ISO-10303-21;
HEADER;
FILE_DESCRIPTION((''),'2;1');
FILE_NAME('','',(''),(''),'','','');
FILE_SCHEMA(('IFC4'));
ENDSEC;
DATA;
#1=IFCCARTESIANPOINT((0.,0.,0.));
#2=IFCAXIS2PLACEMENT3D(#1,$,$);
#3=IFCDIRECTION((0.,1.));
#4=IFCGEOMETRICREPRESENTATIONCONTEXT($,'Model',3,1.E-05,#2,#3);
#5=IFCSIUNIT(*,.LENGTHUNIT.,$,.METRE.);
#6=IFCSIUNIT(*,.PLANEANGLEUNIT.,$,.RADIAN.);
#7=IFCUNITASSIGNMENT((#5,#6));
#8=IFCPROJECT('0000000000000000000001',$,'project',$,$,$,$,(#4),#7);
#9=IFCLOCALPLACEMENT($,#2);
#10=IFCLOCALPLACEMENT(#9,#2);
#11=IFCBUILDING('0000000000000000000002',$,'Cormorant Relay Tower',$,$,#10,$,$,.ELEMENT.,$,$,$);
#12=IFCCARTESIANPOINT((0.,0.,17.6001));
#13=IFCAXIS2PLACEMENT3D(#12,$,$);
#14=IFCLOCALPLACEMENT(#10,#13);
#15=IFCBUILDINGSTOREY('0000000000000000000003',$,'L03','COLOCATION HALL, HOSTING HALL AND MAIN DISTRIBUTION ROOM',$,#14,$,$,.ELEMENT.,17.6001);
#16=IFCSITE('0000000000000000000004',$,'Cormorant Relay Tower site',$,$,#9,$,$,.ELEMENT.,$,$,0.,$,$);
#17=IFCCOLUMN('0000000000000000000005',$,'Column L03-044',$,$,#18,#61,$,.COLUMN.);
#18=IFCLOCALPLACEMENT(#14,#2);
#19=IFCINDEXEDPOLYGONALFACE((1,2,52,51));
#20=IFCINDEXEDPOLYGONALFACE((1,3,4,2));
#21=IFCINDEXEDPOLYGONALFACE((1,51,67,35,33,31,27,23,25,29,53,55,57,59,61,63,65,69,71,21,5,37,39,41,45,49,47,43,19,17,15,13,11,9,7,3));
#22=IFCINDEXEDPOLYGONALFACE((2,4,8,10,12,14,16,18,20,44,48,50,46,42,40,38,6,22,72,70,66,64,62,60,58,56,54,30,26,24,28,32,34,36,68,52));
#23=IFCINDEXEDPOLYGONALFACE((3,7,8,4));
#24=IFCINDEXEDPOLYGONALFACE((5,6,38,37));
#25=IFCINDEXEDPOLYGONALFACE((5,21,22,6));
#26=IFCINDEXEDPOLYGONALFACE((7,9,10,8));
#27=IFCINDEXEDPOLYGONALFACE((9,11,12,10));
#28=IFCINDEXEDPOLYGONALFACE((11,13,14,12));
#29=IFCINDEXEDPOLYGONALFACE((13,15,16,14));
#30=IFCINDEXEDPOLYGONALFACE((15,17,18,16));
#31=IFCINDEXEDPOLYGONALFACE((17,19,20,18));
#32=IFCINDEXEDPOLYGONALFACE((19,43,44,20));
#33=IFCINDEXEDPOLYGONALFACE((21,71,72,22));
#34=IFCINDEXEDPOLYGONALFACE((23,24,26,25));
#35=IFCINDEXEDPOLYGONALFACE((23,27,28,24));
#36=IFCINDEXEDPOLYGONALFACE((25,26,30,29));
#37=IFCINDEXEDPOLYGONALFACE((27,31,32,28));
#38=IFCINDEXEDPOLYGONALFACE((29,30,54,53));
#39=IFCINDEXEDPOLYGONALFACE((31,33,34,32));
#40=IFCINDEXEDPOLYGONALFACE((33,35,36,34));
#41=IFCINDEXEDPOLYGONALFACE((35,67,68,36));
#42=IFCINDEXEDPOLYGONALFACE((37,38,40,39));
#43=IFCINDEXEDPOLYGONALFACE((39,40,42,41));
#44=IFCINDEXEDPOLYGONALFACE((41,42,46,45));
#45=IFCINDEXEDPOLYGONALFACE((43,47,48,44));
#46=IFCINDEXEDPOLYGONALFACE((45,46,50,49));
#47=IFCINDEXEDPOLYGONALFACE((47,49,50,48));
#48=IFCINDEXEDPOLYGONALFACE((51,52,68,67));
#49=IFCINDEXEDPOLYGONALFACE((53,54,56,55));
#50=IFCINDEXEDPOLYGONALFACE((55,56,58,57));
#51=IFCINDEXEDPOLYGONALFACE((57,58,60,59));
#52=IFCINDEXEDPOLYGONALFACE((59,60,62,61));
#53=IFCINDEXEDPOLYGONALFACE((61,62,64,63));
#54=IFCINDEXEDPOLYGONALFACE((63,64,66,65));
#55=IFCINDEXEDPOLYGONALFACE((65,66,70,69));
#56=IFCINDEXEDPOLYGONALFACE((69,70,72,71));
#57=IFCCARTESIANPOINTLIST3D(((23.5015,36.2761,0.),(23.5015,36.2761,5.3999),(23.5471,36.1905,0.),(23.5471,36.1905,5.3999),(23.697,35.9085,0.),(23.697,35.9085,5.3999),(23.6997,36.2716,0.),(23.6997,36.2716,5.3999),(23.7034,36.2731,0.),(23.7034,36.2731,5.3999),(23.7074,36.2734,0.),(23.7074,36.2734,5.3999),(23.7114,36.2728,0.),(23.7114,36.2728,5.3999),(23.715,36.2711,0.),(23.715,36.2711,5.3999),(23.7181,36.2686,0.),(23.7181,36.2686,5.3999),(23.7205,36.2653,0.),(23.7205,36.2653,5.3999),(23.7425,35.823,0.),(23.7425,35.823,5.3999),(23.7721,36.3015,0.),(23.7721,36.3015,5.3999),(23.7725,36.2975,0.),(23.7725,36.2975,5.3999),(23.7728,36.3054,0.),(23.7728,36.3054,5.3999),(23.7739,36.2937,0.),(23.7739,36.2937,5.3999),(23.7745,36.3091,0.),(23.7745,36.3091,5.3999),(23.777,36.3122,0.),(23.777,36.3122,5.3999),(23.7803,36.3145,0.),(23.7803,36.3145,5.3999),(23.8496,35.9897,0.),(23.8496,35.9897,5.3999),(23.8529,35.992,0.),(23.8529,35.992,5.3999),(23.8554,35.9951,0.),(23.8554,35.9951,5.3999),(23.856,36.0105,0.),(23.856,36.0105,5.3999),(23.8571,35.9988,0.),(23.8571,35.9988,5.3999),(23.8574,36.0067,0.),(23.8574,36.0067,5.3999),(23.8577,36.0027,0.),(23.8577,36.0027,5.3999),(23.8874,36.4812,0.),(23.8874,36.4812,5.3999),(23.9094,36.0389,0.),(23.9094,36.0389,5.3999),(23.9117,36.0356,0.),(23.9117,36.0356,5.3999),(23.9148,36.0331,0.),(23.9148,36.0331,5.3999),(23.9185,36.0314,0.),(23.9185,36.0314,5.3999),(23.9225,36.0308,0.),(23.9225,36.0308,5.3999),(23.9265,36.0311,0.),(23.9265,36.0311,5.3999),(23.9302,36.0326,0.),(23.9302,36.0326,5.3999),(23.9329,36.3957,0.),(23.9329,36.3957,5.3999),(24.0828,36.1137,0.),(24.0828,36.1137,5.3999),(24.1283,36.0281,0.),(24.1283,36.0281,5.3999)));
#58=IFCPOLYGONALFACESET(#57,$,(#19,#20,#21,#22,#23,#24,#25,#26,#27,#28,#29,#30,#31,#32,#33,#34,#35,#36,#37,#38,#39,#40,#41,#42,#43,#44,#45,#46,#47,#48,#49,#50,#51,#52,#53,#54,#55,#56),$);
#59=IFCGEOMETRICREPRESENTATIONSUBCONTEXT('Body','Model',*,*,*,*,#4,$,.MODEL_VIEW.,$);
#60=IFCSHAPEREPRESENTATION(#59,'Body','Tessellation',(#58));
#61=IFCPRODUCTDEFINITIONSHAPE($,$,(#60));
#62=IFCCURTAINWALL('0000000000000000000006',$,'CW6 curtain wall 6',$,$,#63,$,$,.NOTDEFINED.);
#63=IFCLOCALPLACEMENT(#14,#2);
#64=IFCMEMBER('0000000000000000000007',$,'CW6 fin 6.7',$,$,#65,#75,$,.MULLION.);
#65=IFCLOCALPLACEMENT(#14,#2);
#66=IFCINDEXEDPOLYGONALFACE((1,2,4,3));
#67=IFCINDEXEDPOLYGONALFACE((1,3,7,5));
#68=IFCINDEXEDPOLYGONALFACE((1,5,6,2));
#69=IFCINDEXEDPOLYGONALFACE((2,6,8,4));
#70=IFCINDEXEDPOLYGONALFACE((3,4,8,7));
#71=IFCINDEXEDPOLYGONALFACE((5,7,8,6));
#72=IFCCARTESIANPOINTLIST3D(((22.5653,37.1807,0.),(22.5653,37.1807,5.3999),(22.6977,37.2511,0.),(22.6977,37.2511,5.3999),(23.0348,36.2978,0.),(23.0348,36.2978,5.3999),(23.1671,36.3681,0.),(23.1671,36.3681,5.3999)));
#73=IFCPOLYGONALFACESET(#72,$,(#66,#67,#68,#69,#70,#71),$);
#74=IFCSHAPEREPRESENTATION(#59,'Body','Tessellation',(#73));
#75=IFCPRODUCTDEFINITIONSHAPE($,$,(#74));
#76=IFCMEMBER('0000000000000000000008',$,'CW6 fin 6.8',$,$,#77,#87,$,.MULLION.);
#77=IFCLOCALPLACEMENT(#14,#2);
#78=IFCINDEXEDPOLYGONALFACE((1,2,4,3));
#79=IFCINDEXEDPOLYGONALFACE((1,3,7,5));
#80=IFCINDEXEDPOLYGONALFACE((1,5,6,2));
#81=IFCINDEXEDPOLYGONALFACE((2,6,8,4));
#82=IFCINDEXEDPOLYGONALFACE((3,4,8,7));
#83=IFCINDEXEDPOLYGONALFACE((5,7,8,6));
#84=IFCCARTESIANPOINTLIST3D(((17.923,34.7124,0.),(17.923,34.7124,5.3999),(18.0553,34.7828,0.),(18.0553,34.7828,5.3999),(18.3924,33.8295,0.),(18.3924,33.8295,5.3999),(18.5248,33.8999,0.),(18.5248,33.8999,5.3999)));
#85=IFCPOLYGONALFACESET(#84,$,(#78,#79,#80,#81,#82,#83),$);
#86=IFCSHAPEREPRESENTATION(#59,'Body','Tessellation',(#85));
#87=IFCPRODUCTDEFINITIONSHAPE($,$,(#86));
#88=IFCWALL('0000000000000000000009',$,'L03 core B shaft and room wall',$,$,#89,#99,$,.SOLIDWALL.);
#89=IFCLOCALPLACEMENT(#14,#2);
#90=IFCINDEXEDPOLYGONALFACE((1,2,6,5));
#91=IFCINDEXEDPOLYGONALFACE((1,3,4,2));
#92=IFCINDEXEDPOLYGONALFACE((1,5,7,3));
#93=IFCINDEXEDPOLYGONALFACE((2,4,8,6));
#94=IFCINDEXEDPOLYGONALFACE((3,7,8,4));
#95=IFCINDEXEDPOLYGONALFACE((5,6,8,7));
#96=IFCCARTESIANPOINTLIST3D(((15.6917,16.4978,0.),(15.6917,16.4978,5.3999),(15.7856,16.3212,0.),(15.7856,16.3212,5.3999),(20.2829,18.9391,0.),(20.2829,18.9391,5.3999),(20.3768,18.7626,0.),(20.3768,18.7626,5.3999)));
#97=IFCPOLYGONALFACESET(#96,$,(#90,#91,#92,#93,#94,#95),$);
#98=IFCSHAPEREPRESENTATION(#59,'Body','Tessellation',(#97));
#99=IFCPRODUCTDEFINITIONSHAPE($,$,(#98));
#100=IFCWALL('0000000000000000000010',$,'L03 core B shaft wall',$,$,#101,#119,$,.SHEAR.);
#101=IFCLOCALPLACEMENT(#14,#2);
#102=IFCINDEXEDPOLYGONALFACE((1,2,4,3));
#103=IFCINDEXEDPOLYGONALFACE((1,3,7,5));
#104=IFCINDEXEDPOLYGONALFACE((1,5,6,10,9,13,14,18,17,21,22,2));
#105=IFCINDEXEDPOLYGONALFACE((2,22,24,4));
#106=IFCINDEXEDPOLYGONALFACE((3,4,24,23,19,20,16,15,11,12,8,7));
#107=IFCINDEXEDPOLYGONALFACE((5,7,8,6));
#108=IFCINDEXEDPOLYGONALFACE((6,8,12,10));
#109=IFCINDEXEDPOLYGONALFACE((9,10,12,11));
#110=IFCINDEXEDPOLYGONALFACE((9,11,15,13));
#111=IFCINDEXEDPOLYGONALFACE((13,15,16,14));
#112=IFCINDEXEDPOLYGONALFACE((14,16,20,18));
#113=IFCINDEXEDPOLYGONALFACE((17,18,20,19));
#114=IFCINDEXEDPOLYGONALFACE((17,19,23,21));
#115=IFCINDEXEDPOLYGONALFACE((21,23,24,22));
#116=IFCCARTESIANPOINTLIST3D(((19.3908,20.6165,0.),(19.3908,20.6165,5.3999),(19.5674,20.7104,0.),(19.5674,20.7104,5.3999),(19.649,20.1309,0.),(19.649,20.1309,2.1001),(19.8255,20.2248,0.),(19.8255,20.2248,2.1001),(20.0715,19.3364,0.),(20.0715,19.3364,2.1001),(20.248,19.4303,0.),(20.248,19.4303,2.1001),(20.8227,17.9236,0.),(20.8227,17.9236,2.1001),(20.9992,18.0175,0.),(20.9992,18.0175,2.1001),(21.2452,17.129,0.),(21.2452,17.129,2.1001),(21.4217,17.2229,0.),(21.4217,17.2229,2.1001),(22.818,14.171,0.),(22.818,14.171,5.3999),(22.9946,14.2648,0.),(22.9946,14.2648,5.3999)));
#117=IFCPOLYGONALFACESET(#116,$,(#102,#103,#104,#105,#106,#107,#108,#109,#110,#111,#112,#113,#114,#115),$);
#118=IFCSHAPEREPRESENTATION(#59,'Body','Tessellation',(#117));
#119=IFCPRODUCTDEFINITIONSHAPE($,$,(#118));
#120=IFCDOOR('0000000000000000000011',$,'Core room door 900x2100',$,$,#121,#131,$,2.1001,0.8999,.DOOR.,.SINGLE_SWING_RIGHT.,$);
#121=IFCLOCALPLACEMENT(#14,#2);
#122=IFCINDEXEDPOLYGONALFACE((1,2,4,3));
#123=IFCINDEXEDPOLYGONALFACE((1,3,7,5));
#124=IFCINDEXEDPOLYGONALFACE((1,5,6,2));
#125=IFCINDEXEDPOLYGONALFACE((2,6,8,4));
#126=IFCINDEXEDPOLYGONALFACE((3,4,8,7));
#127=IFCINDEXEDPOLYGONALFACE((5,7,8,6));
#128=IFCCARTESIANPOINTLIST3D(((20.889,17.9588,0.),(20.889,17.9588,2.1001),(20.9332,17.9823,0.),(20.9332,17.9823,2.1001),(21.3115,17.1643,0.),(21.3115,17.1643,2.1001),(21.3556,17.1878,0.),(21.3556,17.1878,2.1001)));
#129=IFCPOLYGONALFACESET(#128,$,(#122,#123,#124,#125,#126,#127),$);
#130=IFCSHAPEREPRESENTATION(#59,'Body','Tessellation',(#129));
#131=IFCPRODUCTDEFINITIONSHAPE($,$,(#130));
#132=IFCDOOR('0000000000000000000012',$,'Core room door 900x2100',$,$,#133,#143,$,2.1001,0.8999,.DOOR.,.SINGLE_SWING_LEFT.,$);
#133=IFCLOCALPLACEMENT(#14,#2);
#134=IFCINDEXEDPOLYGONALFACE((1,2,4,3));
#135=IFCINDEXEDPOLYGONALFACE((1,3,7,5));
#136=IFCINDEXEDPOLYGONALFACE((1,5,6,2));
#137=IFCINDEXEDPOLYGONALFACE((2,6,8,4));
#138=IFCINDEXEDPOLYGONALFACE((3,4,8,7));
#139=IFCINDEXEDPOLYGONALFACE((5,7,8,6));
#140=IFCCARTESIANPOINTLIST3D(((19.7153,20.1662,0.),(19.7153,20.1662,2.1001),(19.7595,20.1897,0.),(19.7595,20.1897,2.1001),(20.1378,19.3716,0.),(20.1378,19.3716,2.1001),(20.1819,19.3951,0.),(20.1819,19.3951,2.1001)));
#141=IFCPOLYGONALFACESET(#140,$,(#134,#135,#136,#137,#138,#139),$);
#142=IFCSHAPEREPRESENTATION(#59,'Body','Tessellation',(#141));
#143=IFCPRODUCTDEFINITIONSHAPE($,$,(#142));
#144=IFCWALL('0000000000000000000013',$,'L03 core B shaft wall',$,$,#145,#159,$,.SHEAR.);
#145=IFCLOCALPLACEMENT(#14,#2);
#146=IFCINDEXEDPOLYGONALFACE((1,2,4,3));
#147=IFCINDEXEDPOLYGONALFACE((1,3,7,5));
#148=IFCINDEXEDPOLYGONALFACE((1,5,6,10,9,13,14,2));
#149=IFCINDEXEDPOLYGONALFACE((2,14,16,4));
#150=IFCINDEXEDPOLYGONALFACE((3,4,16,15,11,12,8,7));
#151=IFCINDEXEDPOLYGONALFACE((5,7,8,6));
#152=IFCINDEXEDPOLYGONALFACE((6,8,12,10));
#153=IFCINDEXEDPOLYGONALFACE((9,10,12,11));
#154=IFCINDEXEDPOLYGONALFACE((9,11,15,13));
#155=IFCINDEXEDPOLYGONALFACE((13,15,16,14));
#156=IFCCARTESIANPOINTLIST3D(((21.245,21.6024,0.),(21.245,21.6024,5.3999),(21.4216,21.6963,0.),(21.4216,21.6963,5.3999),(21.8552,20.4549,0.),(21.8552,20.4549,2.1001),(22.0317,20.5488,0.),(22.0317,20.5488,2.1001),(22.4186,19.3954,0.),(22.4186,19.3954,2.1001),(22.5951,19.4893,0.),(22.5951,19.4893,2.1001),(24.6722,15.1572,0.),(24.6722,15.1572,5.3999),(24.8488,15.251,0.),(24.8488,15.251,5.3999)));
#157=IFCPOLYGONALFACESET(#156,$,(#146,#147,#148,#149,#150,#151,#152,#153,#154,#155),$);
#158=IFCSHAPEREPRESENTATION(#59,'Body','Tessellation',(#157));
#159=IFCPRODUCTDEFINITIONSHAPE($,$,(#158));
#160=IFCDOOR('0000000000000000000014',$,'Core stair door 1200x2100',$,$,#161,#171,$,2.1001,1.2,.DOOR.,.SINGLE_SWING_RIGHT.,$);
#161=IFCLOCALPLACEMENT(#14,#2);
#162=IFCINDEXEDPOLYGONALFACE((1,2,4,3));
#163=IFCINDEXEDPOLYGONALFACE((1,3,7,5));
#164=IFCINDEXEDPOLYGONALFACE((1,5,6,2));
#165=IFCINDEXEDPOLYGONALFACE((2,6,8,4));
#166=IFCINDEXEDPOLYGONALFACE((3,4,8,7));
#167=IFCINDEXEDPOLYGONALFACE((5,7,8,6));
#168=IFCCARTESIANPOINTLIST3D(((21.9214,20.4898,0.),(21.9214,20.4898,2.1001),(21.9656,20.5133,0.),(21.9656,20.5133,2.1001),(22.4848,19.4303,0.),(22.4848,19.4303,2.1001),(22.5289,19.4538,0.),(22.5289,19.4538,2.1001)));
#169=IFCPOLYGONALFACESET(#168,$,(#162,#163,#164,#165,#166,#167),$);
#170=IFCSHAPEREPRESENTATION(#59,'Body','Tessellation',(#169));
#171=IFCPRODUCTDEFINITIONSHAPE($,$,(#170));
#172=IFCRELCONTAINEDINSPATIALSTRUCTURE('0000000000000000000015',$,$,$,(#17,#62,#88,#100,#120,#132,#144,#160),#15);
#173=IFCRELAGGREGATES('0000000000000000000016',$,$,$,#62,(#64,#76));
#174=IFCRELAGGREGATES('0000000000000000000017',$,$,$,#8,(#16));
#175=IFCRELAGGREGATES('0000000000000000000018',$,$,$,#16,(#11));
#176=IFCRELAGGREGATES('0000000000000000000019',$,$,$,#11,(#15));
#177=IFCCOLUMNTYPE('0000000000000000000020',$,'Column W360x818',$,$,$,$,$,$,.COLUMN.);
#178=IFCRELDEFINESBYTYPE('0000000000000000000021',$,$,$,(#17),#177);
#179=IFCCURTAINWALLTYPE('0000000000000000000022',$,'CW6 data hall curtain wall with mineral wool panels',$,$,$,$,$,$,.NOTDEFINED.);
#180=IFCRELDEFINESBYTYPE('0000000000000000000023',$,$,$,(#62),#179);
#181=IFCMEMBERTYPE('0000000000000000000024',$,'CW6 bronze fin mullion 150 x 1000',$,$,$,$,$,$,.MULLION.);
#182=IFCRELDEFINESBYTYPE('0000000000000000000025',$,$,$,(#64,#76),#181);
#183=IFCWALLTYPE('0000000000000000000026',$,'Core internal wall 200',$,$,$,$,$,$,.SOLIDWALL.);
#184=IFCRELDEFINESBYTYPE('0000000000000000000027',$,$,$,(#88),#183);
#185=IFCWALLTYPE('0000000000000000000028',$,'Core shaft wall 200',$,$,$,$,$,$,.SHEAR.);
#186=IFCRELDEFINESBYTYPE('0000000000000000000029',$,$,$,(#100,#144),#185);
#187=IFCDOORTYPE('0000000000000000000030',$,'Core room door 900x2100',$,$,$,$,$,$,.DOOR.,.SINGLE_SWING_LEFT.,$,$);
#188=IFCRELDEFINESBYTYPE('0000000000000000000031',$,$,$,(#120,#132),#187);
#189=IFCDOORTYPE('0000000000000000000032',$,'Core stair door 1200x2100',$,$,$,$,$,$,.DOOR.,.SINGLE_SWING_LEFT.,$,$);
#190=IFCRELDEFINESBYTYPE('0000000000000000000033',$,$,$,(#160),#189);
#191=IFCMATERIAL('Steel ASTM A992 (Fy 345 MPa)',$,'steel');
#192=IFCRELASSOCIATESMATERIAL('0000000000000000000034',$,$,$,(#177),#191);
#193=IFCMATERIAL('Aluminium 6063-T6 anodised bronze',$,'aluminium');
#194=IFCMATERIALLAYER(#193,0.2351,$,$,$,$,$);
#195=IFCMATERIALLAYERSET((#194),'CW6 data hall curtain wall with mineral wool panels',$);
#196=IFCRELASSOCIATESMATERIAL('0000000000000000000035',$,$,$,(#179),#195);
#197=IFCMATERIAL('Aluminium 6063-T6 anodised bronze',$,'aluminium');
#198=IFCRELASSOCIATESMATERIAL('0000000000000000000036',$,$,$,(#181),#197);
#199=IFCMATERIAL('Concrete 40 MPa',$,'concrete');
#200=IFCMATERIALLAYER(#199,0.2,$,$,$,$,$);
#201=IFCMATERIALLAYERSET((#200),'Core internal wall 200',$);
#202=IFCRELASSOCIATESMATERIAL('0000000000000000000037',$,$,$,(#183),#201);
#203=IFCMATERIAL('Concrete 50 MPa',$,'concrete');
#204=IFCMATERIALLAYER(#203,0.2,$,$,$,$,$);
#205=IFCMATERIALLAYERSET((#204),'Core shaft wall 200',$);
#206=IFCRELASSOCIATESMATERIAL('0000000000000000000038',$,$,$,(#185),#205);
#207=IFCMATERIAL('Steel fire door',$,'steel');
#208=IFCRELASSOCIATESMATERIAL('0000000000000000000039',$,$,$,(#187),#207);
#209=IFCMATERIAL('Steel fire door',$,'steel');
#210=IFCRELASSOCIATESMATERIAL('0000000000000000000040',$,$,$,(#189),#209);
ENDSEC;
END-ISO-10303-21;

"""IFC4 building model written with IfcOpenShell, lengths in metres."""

from ifc_helpers import new_model, si_unit, direction, frame, frame_2d, origin, origin_2d, place, context, subcontext, project, spatial, rectangle, i_section, extrude, material, layer, layer_set, material_profile, profile_set, type_object, element, fill, aggregate, save


model = new_model("IFC4")

# Units and contexts
model_context = context("Model", 3, precision=1e-05, world=origin(), true_north=direction((0.0, 1.0)))
body_context = subcontext(model_context, "Body", "Model", "MODEL_VIEW")
ifc_project = project(units=[si_unit("LENGTHUNIT", "METRE"), si_unit("PLANEANGLEUNIT", "RADIAN")], contexts=[model_context])

# Site, building, storey
site_placement = place(None, origin())
site = spatial("IfcSite", under=ifc_project, at=site_placement, Name="Cormorant Relay Tower site", CompositionType="ELEMENT", RefElevation=0.0)
building_placement = place(site_placement, origin())
building = spatial("IfcBuilding", under=site, at=building_placement, Name="Cormorant Relay Tower", CompositionType="ELEMENT")
storey_placement = place(building_placement, frame((0.0, 0.0, 17.6001)))
storey = spatial("IfcBuildingStorey", under=building, at=storey_placement, Name="L03", Description="COLOCATION HALL, HOSTING HALL AND MAIN DISTRIBUTION ROOM", CompositionType="ELEMENT", Elevation=17.6001)

# Column
ifc_material_1 = material(Name="Steel ASTM A992 (Fy 345 MPa)", Category="steel")
ifc_material_profile_1 = material_profile(ifc_material_1, i_section(OverallWidth=0.437, OverallDepth=0.5132, WebThickness=0.0605, FlangeThickness=0.0969, FilletRadius=0.0154, at=origin_2d()), Name="W360x818")
ifc_profile_set_1 = profile_set([ifc_material_profile_1], Name="Steel ASTM A992 (Fy 345 MPa)")
column_type = type_object("IfcColumnType", Name="Column W360x818", PredefinedType="COLUMN", material=ifc_profile_set_1)
column_placement = place(storey_placement, frame((23.8149, 36.1521, 0.0), z_axis=(0.0, 0.0, 1.0), x_axis=(-0.882948, -0.469472, 0.0)))
element("IfcColumn", 1, at=column_placement, inside=storey, type_object=column_type, Name="Column L03-044", PredefinedType="COLUMN", context=body_context, shape_type="SweptSolid", body=[
    extrude(i_section(OverallWidth=0.437, OverallDepth=0.5132, WebThickness=0.0605, FlangeThickness=0.0969, FilletRadius=0.0154, at=origin_2d()), origin(), (0.0, 0.0, 1.0), 5.3999),
])

# Curtain wall, members
ifc_material_2 = material(Name="Aluminium 6063-T6 anodised bronze", Category="aluminium")
ifc_layer_1 = layer(ifc_material_2, 0.2351)
ifc_layer_set_1 = layer_set([ifc_layer_1], Name="CW6 data hall curtain wall with mineral wool panels")
curtain_wall_type = type_object("IfcCurtainWallType", Name="CW6 data hall curtain wall with mineral wool panels", PredefinedType="NOTDEFINED", material=ifc_layer_set_1)
curtain_wall_placement = place(storey_placement, origin())
curtain_wall = element("IfcCurtainWall", 2, at=curtain_wall_placement, inside=storey, type_object=curtain_wall_type, Name="CW6 curtain wall 6", PredefinedType="NOTDEFINED")
ifc_material_3 = material(Name="Aluminium 6063-T6 anodised bronze", Category="aluminium")
ifc_material_profile_2 = material_profile(ifc_material_3, rectangle(XDim=0.1499, YDim=1.0, at=origin_2d()), Name="AL 150x1000")
ifc_profile_set_2 = profile_set([ifc_material_profile_2], Name="Aluminium 6063-T6 anodised bronze")
member_type = type_object("IfcMemberType", Name="CW6 bronze fin mullion 150 x 1000", PredefinedType="MULLION", material=ifc_profile_set_2)
member_1_placement = place(storey_placement, frame((22.8662, 36.7744, 0.0), z_axis=(0.0, 0.0, 1.0), x_axis=(-0.882948, -0.469472, 0.0)))
member_1 = element("IfcMember", 3, at=member_1_placement, type_object=member_type, Name="CW6 fin 6.7", PredefinedType="MULLION", context=body_context, shape_type="SweptSolid", body=[
    extrude(rectangle(XDim=0.1499, YDim=1.0, at=origin_2d()), origin(), (0.0, 0.0, 1.0), 5.3999),
])
member_2_placement = place(storey_placement, frame((18.2239, 34.3062, 0.0), z_axis=(0.0, 0.0, 1.0), x_axis=(-0.882948, -0.469472, 0.0)))
member_2 = element("IfcMember", 4, at=member_2_placement, type_object=member_type, Name="CW6 fin 6.8", PredefinedType="MULLION", context=body_context, shape_type="SweptSolid", body=[
    extrude(rectangle(XDim=0.1499, YDim=1.0, at=origin_2d()), origin(), (0.0, 0.0, 1.0), 5.3999),
])

# Wall
ifc_material_4 = material(Name="Concrete 40 MPa", Category="concrete")
ifc_layer_2 = layer(ifc_material_4, 0.2)
ifc_layer_set_2 = layer_set([ifc_layer_2], Name="Core internal wall 200")
wall_type_1 = type_object("IfcWallType", Name="Core internal wall 200", PredefinedType="SOLIDWALL", material=ifc_layer_set_2)
wall_1_placement = place(storey_placement, frame((15.7385, 16.4094, 0.0), z_axis=(0.0, 0.0, 1.0), x_axis=(0.882935, 0.469496, 0.0)))
element("IfcWall", 5, at=wall_1_placement, inside=storey, type_object=wall_type_1, Name="L03 core B shaft and room wall", PredefinedType="SOLIDWALL", context=body_context, shape_type="SweptSolid", body=[
    extrude(rectangle(XDim=5.2, YDim=0.2, at=frame_2d((2.6001, 0.0))), origin(), (0.0, 0.0, 1.0), 5.3999),
])

# Wall, openings, doors
ifc_material_5 = material(Name="Concrete 50 MPa", Category="concrete")
ifc_layer_3 = layer(ifc_material_5, 0.2)
ifc_layer_set_3 = layer_set([ifc_layer_3], Name="Core shaft wall 200")
wall_type_2 = type_object("IfcWallType", Name="Core shaft wall 200", PredefinedType="SHEAR", material=ifc_layer_set_3)
wall_2_placement = place(storey_placement, frame((22.9062, 14.218, 0.0), z_axis=(0.0, 0.0, 1.0), x_axis=(-0.46948, 0.882943, 0.0)))
wall_2 = element("IfcWall", 6, at=wall_2_placement, inside=storey, type_object=wall_type_2, Name="L03 core B shaft wall", PredefinedType="SHEAR", context=body_context, shape_type="SweptSolid", body=[
    extrude(rectangle(XDim=7.3, YDim=0.2, at=frame_2d((3.6499, 0.0))), origin(), (0.0, 0.0, 1.0), 5.3999),
])
opening_1_placement = place(wall_2_placement, frame((3.3501, 0.0, 0.0)))
opening_1 = element("IfcOpeningElement", 7, at=opening_1_placement, cuts=wall_2, PredefinedType="OPENING", context=body_context, shape_type="SweptSolid", body=[
    extrude(rectangle(XDim=0.8999, YDim=2.1001, at=frame_2d((0.45, 1.05))), frame((0.0, 0.1099, 0.0), z_axis=(0.0, -1.0, 0.0), x_axis=(1.0, 0.0, 0.0)), (0.0, 0.0, 1.0), 0.22),
])
opening_2_placement = place(wall_2_placement, frame((5.8501, 0.0, 0.0)))
opening_2 = element("IfcOpeningElement", 8, at=opening_2_placement, cuts=wall_2, PredefinedType="OPENING", context=body_context, shape_type="SweptSolid", body=[
    extrude(rectangle(XDim=0.8999, YDim=2.1001, at=frame_2d((0.45, 1.05))), frame((0.0, 0.1099, 0.0), z_axis=(0.0, -1.0, 0.0), x_axis=(1.0, 0.0, 0.0)), (0.0, 0.0, 1.0), 0.22),
])
ifc_material_6 = material(Name="Steel fire door", Category="steel")
door_type_1 = type_object("IfcDoorType", Name="Core room door 900x2100", OperationType="SINGLE_SWING_LEFT", PredefinedType="DOOR", material=ifc_material_6)
door_1_placement = place(opening_1_placement, origin())
door_1 = element("IfcDoor", 9, at=door_1_placement, inside=storey, type_object=door_type_1, Name="Core room door 900x2100", OperationType="SINGLE_SWING_RIGHT", OverallHeight=2.1001, OverallWidth=0.8999, PredefinedType="DOOR", context=body_context, shape_type="SweptSolid", body=[
    extrude(rectangle(XDim=0.8999, YDim=2.1001, at=frame_2d((0.45, 1.05))), frame((0.0, 0.0249, 0.0), z_axis=(0.0, -1.0, 0.0), x_axis=(1.0, 0.0, 0.0)), (0.0, 0.0, 1.0), 0.05),
])
fill(opening_1, door_1)
door_2_placement = place(opening_2_placement, origin())
door_2 = element("IfcDoor", 10, at=door_2_placement, inside=storey, type_object=door_type_1, Name="Core room door 900x2100", OperationType="SINGLE_SWING_LEFT", OverallHeight=2.1001, OverallWidth=0.8999, PredefinedType="DOOR", context=body_context, shape_type="SweptSolid", body=[
    extrude(rectangle(XDim=0.8999, YDim=2.1001, at=frame_2d((0.45, 1.05))), frame((0.0, 0.0249, 0.0), z_axis=(0.0, -1.0, 0.0), x_axis=(1.0, 0.0, 0.0)), (0.0, 0.0, 1.0), 0.05),
])
fill(opening_2, door_2)

# Wall, opening, door
wall_3_placement = place(storey_placement, frame((24.7605, 15.2041, 0.0), z_axis=(0.0, 0.0, 1.0), x_axis=(-0.469494, 0.882936, 0.0)))
wall_3 = element("IfcWall", 11, at=wall_3_placement, inside=storey, type_object=wall_type_2, Name="L03 core B shaft wall", PredefinedType="SHEAR", context=body_context, shape_type="SweptSolid", body=[
    extrude(rectangle(XDim=7.2998, YDim=0.2, at=frame_2d((3.6499, 0.0))), origin(), (0.0, 0.0, 1.0), 5.3999),
])
opening_3_placement = place(wall_3_placement, frame((4.8, 0.0, 0.0)))
opening_3 = element("IfcOpeningElement", 12, at=opening_3_placement, cuts=wall_3, PredefinedType="OPENING", context=body_context, shape_type="SweptSolid", body=[
    extrude(rectangle(XDim=1.2, YDim=2.1001, at=frame_2d((0.6001, 1.05))), frame((0.0, 0.1099, 0.0), z_axis=(0.0, -1.0, 0.0), x_axis=(1.0, 0.0, 0.0)), (0.0, 0.0, 1.0), 0.22),
])
ifc_material_7 = material(Name="Steel fire door", Category="steel")
door_type_2 = type_object("IfcDoorType", Name="Core stair door 1200x2100", OperationType="SINGLE_SWING_LEFT", PredefinedType="DOOR", material=ifc_material_7)
door_3_placement = place(opening_3_placement, frame((1.2, 0.0, 0.0), z_axis=(0.0, 0.0, 1.0), x_axis=(-1.0, 0.0, 0.0)))
door_3 = element("IfcDoor", 13, at=door_3_placement, inside=storey, type_object=door_type_2, Name="Core stair door 1200x2100", OperationType="SINGLE_SWING_RIGHT", OverallHeight=2.1001, OverallWidth=1.2, PredefinedType="DOOR", context=body_context, shape_type="SweptSolid", body=[
    extrude(rectangle(XDim=1.2, YDim=2.1001, at=frame_2d((0.6001, 1.05))), frame((0.0, 0.0249, 0.0), z_axis=(0.0, -1.0, 0.0), x_axis=(1.0, 0.0, 0.0)), (0.0, 0.0, 1.0), 0.05),
])
fill(opening_3, door_3)

aggregate(curtain_wall, [member_1, member_2])

save(model, "model.ifc")
